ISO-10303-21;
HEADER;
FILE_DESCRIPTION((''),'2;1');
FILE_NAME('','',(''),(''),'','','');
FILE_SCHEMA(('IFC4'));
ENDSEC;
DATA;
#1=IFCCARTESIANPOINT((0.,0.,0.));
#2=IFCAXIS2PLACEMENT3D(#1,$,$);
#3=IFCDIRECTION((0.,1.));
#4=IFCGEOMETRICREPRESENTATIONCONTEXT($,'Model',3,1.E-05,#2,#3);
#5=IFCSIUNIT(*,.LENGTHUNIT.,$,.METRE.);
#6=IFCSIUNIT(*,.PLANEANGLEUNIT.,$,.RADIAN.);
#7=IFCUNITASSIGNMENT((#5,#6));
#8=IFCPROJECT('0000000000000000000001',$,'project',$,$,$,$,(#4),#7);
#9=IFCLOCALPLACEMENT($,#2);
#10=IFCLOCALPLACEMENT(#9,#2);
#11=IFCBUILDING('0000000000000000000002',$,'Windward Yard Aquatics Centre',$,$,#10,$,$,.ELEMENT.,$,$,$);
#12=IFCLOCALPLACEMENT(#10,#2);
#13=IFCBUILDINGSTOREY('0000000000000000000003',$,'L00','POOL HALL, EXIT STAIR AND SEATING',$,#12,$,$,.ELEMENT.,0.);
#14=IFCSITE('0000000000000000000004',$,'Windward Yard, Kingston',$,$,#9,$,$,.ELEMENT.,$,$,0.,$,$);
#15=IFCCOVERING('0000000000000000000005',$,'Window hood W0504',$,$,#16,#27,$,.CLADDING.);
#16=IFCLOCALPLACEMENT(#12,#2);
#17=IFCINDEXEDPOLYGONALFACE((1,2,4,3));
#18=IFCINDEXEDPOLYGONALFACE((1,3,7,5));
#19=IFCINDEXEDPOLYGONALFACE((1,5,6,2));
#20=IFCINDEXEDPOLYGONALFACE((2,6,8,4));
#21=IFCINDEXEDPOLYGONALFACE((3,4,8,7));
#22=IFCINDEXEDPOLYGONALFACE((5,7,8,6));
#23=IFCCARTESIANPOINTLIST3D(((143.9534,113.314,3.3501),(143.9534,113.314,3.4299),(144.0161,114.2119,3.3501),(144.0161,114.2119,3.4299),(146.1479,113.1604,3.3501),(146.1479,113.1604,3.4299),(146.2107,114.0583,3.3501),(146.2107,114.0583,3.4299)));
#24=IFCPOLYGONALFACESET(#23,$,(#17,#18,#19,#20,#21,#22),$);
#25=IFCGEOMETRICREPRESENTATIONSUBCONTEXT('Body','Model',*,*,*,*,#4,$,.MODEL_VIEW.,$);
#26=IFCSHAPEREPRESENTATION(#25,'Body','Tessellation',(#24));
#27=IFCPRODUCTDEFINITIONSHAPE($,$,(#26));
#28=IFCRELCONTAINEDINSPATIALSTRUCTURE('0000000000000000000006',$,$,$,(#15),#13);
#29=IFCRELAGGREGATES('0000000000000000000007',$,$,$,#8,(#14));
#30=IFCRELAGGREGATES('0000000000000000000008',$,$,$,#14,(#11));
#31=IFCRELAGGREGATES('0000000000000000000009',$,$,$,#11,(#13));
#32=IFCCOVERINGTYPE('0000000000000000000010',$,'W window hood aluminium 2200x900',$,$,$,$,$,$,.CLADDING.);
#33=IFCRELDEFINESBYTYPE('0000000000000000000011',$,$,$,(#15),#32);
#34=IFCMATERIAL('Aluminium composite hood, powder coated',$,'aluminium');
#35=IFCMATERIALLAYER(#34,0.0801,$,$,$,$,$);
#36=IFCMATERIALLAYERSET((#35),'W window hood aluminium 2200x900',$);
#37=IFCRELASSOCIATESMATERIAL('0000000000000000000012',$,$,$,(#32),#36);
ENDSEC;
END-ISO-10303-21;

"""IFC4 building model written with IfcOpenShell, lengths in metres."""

from ifc_helpers import new_model, si_unit, direction, frame, origin, place, context, subcontext, project, spatial, polyline, outline, extrude, material, layer, layer_set, type_object, element, save


model = new_model("IFC4")

# Units and contexts
model_context = context("Model", 3, precision=1e-05, world=origin(), true_north=direction((0.0, 1.0)))
body_context = subcontext(model_context, "Body", "Model", "MODEL_VIEW")
ifc_project = project(units=[si_unit("LENGTHUNIT", "METRE"), si_unit("PLANEANGLEUNIT", "RADIAN")], contexts=[model_context])

# Site, building, storey
site_placement = place(None, origin())
site = spatial("IfcSite", under=ifc_project, at=site_placement, Name="Windward Yard, Kingston", CompositionType="ELEMENT", RefElevation=0.0)
building_placement = place(site_placement, origin())
building = spatial("IfcBuilding", under=site, at=building_placement, Name="Windward Yard Aquatics Centre", CompositionType="ELEMENT")
storey_placement = place(building_placement, origin())
storey = spatial("IfcBuildingStorey", under=building, at=storey_placement, Name="L00", Description="POOL HALL, EXIT STAIR AND SEATING", CompositionType="ELEMENT", Elevation=0.0)

# Covering
ifc_material_1 = material(Name="Aluminium composite hood, powder coated", Category="aluminium")
ifc_layer_1 = layer(ifc_material_1, 0.0801)
ifc_layer_set_1 = layer_set([ifc_layer_1], Name="W window hood aluminium 2200x900")
covering_type_1 = type_object("IfcCoveringType", Name="W window hood aluminium 2200x900", PredefinedType="CLADDING", material=ifc_layer_set_1)
covering_1_placement = place(storey_placement, frame((0.0, 0.0, 3.3501)))
element("IfcCovering", 1, at=covering_1_placement, inside=storey, type_object=covering_type_1, Name="Window hood W0504", PredefinedType="CLADDING", context=body_context, shape_type="SweptSolid", body=[
    extrude(outline(polyline([(143.9534, 113.314), (144.0161, 114.2119), (146.2107, 114.0583), (146.1479, 113.1604), (143.9534, 113.314)])), origin(), (0.0, 0.0, 1.0), 0.0798),
])

save(model, "model.ifc")
